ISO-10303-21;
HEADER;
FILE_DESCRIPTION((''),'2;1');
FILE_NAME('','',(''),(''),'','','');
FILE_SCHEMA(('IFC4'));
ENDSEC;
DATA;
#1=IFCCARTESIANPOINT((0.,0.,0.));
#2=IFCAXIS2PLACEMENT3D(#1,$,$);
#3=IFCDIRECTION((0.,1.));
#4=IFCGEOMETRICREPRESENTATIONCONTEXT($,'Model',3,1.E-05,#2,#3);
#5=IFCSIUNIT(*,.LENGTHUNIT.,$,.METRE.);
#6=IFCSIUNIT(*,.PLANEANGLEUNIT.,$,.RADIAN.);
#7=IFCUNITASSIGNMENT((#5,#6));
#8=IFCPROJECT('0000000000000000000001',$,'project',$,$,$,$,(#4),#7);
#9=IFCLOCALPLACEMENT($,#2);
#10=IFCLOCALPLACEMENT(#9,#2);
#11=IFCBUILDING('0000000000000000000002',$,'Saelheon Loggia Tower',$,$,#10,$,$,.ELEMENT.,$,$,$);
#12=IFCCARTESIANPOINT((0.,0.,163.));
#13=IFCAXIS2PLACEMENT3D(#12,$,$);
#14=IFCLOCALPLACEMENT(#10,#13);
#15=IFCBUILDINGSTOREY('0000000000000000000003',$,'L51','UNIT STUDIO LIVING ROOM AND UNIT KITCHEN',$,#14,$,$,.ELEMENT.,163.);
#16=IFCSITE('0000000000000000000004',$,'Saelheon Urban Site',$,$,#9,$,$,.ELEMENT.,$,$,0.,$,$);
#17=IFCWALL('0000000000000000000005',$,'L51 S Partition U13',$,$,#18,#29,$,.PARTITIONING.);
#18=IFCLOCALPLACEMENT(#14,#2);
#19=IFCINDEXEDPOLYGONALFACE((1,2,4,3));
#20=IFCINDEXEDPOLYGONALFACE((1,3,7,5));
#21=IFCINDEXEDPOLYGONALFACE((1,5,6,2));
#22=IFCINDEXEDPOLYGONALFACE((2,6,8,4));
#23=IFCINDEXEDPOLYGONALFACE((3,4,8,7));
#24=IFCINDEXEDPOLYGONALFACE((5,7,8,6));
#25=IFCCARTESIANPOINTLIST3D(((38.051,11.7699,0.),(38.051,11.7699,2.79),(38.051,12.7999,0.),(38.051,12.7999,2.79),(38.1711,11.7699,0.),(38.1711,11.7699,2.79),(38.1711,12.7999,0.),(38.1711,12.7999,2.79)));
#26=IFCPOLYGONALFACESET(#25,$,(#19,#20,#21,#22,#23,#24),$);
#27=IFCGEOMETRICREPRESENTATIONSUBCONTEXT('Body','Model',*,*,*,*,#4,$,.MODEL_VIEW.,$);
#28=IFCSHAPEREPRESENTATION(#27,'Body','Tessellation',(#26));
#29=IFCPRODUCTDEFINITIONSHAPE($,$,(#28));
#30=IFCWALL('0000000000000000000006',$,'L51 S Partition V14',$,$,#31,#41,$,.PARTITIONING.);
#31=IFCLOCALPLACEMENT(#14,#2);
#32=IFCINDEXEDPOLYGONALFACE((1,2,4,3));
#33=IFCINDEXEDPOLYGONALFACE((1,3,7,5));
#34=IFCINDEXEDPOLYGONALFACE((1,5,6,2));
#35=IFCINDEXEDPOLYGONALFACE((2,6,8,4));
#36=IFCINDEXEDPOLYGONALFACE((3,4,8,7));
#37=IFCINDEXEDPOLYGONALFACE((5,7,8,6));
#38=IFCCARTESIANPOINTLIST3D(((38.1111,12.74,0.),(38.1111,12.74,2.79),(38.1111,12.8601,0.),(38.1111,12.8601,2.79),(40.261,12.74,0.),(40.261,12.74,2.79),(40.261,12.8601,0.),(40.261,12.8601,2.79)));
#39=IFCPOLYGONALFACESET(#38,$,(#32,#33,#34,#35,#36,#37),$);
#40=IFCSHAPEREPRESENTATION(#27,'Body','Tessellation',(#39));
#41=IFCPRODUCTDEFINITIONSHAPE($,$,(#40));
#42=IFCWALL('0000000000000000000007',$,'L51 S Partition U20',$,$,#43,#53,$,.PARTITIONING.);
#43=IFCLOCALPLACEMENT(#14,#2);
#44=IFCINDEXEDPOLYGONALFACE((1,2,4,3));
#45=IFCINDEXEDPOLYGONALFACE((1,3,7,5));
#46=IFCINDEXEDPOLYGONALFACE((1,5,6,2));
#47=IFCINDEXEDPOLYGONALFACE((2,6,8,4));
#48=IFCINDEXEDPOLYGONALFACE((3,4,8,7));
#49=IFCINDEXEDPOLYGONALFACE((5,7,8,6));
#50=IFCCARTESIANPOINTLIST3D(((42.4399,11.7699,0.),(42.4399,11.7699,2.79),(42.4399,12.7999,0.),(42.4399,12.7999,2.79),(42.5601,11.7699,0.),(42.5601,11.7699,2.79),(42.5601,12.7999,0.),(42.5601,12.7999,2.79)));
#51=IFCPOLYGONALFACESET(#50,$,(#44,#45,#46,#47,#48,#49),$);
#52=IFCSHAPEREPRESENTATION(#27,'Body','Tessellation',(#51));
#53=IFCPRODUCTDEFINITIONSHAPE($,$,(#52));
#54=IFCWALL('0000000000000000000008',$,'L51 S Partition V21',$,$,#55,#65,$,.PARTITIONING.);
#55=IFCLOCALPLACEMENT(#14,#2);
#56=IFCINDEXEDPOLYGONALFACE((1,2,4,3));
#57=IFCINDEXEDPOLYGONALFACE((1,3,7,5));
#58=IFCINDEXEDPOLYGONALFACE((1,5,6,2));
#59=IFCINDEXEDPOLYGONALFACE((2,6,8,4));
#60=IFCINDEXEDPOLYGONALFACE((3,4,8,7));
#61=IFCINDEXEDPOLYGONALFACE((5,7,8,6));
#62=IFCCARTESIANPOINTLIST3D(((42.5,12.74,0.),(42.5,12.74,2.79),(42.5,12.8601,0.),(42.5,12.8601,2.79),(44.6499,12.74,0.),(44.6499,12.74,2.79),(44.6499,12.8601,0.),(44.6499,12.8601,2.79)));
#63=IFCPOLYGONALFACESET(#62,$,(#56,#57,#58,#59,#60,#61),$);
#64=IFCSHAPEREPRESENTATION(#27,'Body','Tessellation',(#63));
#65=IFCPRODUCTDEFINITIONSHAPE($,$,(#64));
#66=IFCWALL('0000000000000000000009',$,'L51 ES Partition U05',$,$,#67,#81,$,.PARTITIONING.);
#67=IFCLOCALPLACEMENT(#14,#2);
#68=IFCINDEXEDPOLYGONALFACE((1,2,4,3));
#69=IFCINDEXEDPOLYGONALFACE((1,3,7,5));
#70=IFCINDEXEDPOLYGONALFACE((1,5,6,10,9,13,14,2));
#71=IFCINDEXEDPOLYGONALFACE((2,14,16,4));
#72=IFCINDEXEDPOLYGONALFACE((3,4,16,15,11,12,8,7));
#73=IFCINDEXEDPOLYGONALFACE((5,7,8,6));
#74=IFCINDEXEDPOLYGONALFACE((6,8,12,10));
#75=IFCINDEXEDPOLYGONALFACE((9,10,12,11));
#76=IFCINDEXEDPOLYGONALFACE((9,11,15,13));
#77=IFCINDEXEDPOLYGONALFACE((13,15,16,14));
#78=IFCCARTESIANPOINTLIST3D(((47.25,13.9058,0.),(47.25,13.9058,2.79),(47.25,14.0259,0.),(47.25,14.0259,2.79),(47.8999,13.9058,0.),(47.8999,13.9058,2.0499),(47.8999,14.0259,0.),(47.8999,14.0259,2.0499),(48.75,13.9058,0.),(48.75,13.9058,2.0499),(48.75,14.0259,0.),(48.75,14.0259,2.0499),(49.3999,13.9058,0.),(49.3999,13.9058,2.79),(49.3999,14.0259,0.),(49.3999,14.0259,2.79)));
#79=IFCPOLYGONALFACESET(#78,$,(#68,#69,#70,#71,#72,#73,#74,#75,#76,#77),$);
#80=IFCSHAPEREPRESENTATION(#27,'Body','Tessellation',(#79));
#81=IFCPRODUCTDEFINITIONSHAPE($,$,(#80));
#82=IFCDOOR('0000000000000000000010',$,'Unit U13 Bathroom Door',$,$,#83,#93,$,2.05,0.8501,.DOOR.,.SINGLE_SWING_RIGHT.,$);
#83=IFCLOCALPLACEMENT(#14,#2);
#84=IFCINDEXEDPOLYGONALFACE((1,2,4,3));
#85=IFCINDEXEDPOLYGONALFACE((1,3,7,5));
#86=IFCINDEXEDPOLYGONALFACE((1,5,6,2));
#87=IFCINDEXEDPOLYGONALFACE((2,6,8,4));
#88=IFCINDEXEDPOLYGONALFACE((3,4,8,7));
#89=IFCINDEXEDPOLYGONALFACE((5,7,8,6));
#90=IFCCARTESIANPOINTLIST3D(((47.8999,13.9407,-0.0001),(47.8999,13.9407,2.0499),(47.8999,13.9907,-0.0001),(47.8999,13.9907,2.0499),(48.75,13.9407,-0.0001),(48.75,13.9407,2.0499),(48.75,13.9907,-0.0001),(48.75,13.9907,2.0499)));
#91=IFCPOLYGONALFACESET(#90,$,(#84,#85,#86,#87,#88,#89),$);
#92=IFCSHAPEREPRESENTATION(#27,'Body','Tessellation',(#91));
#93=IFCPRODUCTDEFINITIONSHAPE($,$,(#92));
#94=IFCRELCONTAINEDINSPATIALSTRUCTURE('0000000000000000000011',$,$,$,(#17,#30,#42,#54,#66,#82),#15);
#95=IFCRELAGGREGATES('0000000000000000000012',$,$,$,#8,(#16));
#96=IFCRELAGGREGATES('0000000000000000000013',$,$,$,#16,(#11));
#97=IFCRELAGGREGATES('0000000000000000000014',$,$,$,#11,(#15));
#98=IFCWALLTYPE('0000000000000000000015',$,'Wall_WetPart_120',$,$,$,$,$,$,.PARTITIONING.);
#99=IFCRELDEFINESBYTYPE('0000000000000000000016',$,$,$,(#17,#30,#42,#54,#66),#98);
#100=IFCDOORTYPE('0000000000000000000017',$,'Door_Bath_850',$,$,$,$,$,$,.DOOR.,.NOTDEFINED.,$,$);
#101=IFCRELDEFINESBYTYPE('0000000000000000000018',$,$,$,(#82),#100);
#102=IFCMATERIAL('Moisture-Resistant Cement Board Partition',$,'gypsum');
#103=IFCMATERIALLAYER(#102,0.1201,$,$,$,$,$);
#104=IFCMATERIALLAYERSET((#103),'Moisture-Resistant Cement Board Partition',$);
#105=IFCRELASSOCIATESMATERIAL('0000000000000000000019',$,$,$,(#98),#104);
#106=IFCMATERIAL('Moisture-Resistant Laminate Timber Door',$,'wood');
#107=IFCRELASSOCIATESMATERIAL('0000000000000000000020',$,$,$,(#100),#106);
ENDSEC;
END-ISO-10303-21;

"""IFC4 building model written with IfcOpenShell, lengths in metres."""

from ifc_helpers import new_model, si_unit, direction, frame, frame_2d, origin, place, context, subcontext, project, spatial, rectangle, extrude, source, transform, mapped, material, layer, layer_set, type_object, element, fill, save


model = new_model("IFC4")

# Units and contexts
model_context = context("Model", 3, precision=1e-05, world=origin(), true_north=direction((0.0, 1.0)))
body_context = subcontext(model_context, "Body", "Model", "MODEL_VIEW")
ifc_project = project(units=[si_unit("LENGTHUNIT", "METRE"), si_unit("PLANEANGLEUNIT", "RADIAN")], contexts=[model_context])

# Site, building, storey
site_placement = place(None, origin())
site = spatial("IfcSite", under=ifc_project, at=site_placement, Name="Saelheon Urban Site", CompositionType="ELEMENT", RefElevation=0.0)
building_placement = place(site_placement, origin())
building = spatial("IfcBuilding", under=site, at=building_placement, Name="Saelheon Loggia Tower", CompositionType="ELEMENT")
storey_placement = place(building_placement, frame((0.0, 0.0, 163.0)))
storey = spatial("IfcBuildingStorey", under=building, at=storey_placement, Name="L51", Description="UNIT STUDIO LIVING ROOM AND UNIT KITCHEN", CompositionType="ELEMENT", Elevation=163.0)

# Walls
ifc_material_1 = material(Name="Moisture-Resistant Cement Board Partition", Category="gypsum")
ifc_layer_1 = layer(ifc_material_1, 0.1201)
ifc_layer_set_1 = layer_set([ifc_layer_1], Name="Moisture-Resistant Cement Board Partition")
wall_type_1 = type_object("IfcWallType", Name="Wall_WetPart_120", PredefinedType="PARTITIONING", material=ifc_layer_set_1)
wall_1_placement = place(storey_placement, frame((38.1111, 12.8, 0.0), z_axis=(0.0, 0.0, 1.0), x_axis=(0.0, -1.0, 0.0)))
element("IfcWall", 1, at=wall_1_placement, inside=storey, type_object=wall_type_1, Name="L51 S Partition U13", PredefinedType="PARTITIONING", context=body_context, shape_type="SweptSolid", body=[
    extrude(rectangle(XDim=1.03, YDim=0.1201, at=frame_2d((0.5151, 0.0))), origin(), (0.0, 0.0, 1.0), 2.79),
])
wall_2_placement = place(storey_placement, frame((38.1111, 12.8, 0.0), z_axis=(0.0, 0.0, 1.0), x_axis=(1.0, 0.0, 0.0)))
element("IfcWall", 2, at=wall_2_placement, inside=storey, type_object=wall_type_1, Name="L51 S Partition V14", PredefinedType="PARTITIONING", context=body_context, shape_type="SweptSolid", body=[
    extrude(rectangle(XDim=2.1499, YDim=0.1201, at=frame_2d((1.075, 0.0))), origin(), (0.0, 0.0, 1.0), 2.79),
])
wall_3_placement = place(storey_placement, frame((42.5, 12.8, 0.0), z_axis=(0.0, 0.0, 1.0), x_axis=(0.0, -1.0, 0.0)))
element("IfcWall", 3, at=wall_3_placement, inside=storey, type_object=wall_type_1, Name="L51 S Partition U20", PredefinedType="PARTITIONING", context=body_context, shape_type="SweptSolid", body=[
    extrude(rectangle(XDim=1.03, YDim=0.1201, at=frame_2d((0.5151, 0.0))), origin(), (0.0, 0.0, 1.0), 2.79),
])
wall_4_placement = place(storey_placement, frame((42.5, 12.8, 0.0), z_axis=(0.0, 0.0, 1.0), x_axis=(1.0, 0.0, 0.0)))
element("IfcWall", 4, at=wall_4_placement, inside=storey, type_object=wall_type_1, Name="L51 S Partition V21", PredefinedType="PARTITIONING", context=body_context, shape_type="SweptSolid", body=[
    extrude(rectangle(XDim=2.1499, YDim=0.1201, at=frame_2d((1.075, 0.0))), origin(), (0.0, 0.0, 1.0), 2.79),
])

# Wall, opening, door
wall_5_placement = place(storey_placement, frame((47.25, 13.9658, 0.0), z_axis=(0.0, 0.0, 1.0), x_axis=(1.0, 0.0, 0.0)))
wall_5 = element("IfcWall", 5, at=wall_5_placement, inside=storey, type_object=wall_type_1, Name="L51 ES Partition U05", PredefinedType="PARTITIONING", context=body_context, shape_type="SweptSolid", body=[
    extrude(rectangle(XDim=2.1499, YDim=0.1201, at=frame_2d((1.075, 0.0))), origin(), (0.0, 0.0, 1.0), 2.79),
])
opening_1_placement = place(wall_5_placement, frame((0.6499, 0.0, 0.0)))
opening_1 = element("IfcOpeningElement", 6, at=opening_1_placement, cuts=wall_5, PredefinedType="OPENING", context=body_context, shape_type="SweptSolid", body=[
    extrude(rectangle(XDim=0.8501, YDim=2.05, at=frame_2d((0.425, 1.0249))), frame((0.0, 0.072, 0.0), z_axis=(0.0, -1.0, 0.0), x_axis=(1.0, 0.0, 0.0)), (0.0, 0.0, 1.0), 0.144),
])
ifc_material_2 = material(Name="Moisture-Resistant Laminate Timber Door", Category="wood")
door_type_1 = type_object("IfcDoorType", Name="Door_Bath_850", OperationType="NOTDEFINED", PredefinedType="DOOR", material=ifc_material_2)
shared_shape_1 = source(origin(), body_context, "Body", "SweptSolid", [
    extrude(rectangle(XDim=0.8501, YDim=2.05, at=frame_2d((0.425, 1.0249))), frame((0.0, 0.0249, 0.0), z_axis=(0.0, -1.0, 0.0), x_axis=(1.0, 0.0, 0.0)), (0.0, 0.0, 1.0), 0.05),
])
door_1_placement = place(opening_1_placement, origin())
door_1 = element("IfcDoor", 7, at=door_1_placement, inside=storey, type_object=door_type_1, Name="Unit U13 Bathroom Door", OperationType="SINGLE_SWING_RIGHT", OverallHeight=2.05, OverallWidth=0.8501, PredefinedType="DOOR", context=body_context, shape_type="MappedRepresentation", body=[
    mapped(shared_shape_1, transform((0.0, 0.0, 0.0), scale=1.0)),
])
fill(opening_1, door_1)

save(model, "model.ifc")
